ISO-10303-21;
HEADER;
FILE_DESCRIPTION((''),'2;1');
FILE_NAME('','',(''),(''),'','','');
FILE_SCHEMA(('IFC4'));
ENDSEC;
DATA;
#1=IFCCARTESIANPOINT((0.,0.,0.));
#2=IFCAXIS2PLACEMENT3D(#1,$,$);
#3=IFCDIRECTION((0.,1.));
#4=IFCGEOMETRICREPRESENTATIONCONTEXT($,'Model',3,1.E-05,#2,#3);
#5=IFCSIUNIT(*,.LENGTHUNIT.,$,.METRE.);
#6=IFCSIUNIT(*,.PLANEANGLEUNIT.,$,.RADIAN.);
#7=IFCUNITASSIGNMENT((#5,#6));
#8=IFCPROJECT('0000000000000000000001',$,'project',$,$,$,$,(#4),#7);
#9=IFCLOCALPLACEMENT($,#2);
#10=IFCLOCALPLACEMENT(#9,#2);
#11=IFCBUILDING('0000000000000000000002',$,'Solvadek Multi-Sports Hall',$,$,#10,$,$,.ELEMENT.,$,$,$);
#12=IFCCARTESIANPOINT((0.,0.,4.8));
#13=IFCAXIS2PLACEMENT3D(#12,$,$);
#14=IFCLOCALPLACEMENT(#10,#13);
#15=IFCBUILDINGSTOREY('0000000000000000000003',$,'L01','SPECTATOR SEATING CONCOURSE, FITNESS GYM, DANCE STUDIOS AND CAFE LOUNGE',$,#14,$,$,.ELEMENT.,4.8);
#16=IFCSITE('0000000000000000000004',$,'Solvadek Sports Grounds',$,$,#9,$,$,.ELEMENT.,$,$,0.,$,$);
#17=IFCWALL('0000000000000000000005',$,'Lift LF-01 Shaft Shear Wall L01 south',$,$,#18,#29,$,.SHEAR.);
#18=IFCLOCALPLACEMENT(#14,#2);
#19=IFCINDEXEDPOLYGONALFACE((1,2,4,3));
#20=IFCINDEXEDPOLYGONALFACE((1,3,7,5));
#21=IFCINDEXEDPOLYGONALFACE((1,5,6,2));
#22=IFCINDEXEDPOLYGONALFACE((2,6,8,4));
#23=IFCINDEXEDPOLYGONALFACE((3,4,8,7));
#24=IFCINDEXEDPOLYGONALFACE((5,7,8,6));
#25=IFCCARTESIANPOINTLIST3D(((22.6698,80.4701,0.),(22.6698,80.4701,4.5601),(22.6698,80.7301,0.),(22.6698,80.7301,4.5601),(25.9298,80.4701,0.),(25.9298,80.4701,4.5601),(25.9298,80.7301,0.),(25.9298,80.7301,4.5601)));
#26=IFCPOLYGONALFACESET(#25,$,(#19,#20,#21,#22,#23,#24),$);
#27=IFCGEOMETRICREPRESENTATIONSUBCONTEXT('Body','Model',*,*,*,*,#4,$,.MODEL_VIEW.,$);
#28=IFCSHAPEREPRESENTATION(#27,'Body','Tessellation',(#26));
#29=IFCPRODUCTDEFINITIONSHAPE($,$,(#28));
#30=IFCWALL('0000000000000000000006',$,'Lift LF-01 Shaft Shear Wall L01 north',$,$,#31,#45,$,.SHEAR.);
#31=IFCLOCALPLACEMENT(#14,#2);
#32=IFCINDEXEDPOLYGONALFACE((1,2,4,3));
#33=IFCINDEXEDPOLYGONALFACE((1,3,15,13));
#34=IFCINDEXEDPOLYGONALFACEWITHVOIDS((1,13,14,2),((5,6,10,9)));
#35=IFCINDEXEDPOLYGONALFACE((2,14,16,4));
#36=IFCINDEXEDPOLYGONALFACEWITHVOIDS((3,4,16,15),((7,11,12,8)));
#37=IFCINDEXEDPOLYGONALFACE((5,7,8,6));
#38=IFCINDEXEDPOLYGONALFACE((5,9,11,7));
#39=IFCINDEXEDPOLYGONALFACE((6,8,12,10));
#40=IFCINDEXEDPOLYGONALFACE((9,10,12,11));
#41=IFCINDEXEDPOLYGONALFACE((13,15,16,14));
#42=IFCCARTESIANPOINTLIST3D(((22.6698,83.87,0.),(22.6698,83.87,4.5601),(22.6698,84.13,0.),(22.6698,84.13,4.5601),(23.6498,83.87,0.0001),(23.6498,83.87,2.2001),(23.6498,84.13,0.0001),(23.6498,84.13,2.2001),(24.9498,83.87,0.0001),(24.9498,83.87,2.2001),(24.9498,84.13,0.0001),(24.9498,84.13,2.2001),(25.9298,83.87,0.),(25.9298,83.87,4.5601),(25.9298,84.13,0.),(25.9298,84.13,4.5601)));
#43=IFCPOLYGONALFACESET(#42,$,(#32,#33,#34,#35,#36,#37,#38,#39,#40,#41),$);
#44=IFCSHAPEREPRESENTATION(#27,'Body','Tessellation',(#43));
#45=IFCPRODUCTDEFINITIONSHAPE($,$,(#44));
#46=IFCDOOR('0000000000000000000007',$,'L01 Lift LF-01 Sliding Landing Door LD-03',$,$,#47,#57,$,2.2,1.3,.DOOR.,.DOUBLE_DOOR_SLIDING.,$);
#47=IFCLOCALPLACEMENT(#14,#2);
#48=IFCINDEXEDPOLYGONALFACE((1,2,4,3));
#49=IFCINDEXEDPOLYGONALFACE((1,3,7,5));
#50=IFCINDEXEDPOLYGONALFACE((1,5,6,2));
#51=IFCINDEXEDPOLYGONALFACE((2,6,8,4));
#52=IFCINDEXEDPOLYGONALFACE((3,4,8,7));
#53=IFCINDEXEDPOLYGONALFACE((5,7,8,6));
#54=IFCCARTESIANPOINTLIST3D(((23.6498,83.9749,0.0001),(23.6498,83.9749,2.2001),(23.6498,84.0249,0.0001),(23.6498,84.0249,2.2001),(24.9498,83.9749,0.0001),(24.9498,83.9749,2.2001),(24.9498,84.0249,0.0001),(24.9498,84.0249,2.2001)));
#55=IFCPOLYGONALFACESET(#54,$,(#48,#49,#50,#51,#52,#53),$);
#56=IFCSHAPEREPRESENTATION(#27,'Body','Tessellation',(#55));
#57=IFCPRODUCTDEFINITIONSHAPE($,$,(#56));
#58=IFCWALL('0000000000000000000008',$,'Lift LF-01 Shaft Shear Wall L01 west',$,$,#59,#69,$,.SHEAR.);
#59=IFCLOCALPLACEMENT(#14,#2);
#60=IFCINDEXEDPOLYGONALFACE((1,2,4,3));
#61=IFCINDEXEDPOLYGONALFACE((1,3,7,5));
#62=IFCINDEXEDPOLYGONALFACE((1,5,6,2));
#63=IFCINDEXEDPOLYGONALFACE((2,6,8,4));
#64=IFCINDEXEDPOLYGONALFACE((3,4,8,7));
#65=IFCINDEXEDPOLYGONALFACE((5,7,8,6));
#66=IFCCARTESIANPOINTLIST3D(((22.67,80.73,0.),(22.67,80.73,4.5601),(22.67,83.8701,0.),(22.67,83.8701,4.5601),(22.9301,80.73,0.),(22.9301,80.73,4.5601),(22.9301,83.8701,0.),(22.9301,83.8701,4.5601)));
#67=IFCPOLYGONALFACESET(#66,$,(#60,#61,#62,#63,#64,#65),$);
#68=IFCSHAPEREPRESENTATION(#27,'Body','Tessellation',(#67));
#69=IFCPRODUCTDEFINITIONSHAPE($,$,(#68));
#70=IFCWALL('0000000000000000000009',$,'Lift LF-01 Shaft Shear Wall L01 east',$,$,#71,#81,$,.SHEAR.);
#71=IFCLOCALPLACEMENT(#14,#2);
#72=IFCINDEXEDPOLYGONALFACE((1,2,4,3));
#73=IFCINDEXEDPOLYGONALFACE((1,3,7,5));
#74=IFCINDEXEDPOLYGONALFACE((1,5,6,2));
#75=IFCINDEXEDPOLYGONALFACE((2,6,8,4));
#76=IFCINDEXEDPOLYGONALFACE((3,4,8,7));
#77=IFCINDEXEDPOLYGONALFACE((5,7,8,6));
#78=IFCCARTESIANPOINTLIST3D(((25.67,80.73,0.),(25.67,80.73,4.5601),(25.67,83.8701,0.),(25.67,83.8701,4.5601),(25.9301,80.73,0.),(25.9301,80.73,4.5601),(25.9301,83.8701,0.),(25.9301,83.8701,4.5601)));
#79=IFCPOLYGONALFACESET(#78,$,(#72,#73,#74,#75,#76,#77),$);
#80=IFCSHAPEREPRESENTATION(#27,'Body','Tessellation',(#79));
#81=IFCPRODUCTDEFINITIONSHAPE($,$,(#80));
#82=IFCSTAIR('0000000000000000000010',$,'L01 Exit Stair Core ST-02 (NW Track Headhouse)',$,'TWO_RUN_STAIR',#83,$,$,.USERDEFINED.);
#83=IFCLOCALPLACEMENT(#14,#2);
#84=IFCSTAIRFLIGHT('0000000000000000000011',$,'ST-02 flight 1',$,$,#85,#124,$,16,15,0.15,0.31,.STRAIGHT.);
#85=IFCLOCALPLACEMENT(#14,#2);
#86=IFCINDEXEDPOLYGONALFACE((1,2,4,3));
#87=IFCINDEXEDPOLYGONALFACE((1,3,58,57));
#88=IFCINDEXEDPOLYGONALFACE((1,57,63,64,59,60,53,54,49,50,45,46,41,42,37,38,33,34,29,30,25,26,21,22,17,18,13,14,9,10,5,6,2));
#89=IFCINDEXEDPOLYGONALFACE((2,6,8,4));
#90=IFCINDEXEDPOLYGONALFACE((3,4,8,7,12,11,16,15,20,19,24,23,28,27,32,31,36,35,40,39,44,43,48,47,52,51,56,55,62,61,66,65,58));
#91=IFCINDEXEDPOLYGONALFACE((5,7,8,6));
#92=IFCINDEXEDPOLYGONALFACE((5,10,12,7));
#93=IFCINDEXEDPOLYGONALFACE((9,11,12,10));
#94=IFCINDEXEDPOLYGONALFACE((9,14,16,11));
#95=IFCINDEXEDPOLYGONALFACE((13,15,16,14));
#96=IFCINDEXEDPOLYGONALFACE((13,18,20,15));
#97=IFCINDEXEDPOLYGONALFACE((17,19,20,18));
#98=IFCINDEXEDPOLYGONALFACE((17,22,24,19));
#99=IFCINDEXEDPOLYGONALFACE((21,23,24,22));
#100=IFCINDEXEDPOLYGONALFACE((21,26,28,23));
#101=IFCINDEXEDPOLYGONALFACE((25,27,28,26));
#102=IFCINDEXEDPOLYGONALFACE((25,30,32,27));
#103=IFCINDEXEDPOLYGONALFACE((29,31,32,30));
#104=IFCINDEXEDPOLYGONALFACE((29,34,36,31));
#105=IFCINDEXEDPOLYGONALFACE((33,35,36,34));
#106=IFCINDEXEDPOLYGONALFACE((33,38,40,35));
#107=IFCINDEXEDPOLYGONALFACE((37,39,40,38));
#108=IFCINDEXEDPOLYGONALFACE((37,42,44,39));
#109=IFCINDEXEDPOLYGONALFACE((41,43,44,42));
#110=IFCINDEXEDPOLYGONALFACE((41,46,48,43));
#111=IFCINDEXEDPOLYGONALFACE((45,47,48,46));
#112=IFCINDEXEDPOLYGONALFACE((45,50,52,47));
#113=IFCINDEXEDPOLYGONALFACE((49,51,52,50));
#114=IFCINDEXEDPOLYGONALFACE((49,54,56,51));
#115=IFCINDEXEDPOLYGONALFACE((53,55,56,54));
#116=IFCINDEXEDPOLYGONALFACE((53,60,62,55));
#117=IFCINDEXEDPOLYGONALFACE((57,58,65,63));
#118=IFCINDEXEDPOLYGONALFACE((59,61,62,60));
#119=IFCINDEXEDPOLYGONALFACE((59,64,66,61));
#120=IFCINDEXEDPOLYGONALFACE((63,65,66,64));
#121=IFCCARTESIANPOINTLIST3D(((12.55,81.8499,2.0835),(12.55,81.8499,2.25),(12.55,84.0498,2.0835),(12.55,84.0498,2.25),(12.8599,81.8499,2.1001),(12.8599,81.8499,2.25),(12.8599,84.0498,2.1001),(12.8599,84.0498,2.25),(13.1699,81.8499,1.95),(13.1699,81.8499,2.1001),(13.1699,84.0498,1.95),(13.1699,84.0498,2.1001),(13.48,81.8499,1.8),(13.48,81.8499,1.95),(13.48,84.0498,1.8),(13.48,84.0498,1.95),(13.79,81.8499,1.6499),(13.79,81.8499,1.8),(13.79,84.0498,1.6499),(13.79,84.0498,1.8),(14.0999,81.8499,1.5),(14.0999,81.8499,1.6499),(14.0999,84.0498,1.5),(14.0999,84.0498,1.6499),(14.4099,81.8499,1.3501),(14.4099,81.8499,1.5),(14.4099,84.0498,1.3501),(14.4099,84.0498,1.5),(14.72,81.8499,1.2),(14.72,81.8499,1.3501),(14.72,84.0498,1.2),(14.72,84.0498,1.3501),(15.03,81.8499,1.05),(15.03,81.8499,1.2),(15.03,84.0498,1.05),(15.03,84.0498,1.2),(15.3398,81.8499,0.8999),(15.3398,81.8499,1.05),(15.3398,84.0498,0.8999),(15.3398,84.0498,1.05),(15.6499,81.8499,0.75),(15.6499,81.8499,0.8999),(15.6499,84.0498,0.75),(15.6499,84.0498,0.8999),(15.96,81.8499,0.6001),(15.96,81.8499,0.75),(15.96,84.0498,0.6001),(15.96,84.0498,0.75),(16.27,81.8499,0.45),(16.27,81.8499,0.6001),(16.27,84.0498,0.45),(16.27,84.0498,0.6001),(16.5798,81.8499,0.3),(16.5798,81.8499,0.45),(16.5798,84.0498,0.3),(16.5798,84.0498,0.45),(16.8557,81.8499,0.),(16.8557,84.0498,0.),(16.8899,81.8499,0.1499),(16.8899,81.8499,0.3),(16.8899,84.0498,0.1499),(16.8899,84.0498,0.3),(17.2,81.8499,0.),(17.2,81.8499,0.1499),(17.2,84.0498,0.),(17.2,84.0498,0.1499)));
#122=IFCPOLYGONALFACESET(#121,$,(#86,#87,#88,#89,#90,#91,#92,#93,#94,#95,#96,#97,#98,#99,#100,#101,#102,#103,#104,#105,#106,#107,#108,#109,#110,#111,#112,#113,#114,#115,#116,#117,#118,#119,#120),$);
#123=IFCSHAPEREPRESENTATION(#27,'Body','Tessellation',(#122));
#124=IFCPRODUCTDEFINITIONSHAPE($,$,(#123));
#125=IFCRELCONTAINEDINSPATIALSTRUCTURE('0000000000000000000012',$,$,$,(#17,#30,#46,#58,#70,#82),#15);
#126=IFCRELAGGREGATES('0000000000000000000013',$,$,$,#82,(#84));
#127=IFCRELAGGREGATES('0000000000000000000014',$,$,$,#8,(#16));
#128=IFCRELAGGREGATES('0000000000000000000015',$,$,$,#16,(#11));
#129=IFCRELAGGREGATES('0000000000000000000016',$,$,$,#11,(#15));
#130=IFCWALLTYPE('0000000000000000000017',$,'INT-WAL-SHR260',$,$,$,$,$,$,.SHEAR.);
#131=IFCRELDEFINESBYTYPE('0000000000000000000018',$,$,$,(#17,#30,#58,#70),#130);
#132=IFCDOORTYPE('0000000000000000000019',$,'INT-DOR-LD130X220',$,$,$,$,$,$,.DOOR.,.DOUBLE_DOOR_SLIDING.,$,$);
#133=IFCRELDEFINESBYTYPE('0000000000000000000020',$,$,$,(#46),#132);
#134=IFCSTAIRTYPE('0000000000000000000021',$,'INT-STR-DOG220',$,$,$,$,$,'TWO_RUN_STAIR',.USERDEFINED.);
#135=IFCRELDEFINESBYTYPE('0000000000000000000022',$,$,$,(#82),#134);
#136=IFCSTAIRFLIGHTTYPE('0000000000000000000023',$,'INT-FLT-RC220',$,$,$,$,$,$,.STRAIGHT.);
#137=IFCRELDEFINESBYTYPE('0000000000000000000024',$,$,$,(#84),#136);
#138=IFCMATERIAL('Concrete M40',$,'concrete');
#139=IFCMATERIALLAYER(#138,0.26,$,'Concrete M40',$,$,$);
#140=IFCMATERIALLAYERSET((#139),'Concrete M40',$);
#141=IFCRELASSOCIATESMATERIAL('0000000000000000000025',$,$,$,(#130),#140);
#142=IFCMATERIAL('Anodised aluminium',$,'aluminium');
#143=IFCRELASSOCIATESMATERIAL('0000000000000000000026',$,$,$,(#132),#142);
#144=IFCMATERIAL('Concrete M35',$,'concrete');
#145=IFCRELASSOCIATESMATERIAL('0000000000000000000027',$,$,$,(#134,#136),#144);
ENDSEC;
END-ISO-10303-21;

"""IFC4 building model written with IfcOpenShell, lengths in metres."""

from ifc_helpers import new_model, si_unit, direction, frame, frame_2d, origin, place, context, subcontext, project, spatial, polyline, rectangle, outline, extrude, material, layer, layer_set, type_object, element, fill, aggregate, save


model = new_model("IFC4")

# Units and contexts
model_context = context("Model", 3, precision=1e-05, world=origin(), true_north=direction((0.0, 1.0)))
body_context = subcontext(model_context, "Body", "Model", "MODEL_VIEW")
ifc_project = project(units=[si_unit("LENGTHUNIT", "METRE"), si_unit("PLANEANGLEUNIT", "RADIAN")], contexts=[model_context])

# Site, building, storey
site_placement = place(None, origin())
site = spatial("IfcSite", under=ifc_project, at=site_placement, Name="Solvadek Sports Grounds", CompositionType="ELEMENT", RefElevation=0.0)
building_placement = place(site_placement, origin())
building = spatial("IfcBuilding", under=site, at=building_placement, Name="Solvadek Multi-Sports Hall", CompositionType="ELEMENT")
storey_placement = place(building_placement, frame((0.0, 0.0, 4.8)))
storey = spatial("IfcBuildingStorey", under=building, at=storey_placement, Name="L01", Description="SPECTATOR SEATING CONCOURSE, FITNESS GYM, DANCE STUDIOS AND CAFE LOUNGE", CompositionType="ELEMENT", Elevation=4.8)

# Wall
ifc_material_1 = material(Name="Concrete M40", Category="concrete")
ifc_layer_1 = layer(ifc_material_1, 0.26, Name="Concrete M40")
ifc_layer_set_1 = layer_set([ifc_layer_1], Name="Concrete M40")
wall_type_1 = type_object("IfcWallType", Name="INT-WAL-SHR260", PredefinedType="SHEAR", material=ifc_layer_set_1)
wall_1_placement = place(storey_placement, frame((22.6699, 80.6001, 0.0), z_axis=(0.0, 0.0, 1.0), x_axis=(1.0, 0.0, 0.0)))
element("IfcWall", 1, at=wall_1_placement, inside=storey, type_object=wall_type_1, Name="Lift LF-01 Shaft Shear Wall L01 south", PredefinedType="SHEAR", context=body_context, shape_type="SweptSolid", body=[
    extrude(rectangle(XDim=3.26, YDim=0.26, at=frame_2d((1.6299, 0.0))), origin(), (0.0, 0.0, 1.0), 4.5601),
])

# Wall, opening, door
wall_2_placement = place(storey_placement, frame((22.6699, 84.0, 0.0), z_axis=(0.0, 0.0, 1.0), x_axis=(1.0, 0.0, 0.0)))
wall_2 = element("IfcWall", 2, at=wall_2_placement, inside=storey, type_object=wall_type_1, Name="Lift LF-01 Shaft Shear Wall L01 north", PredefinedType="SHEAR", context=body_context, shape_type="SweptSolid", body=[
    extrude(rectangle(XDim=3.26, YDim=0.26, at=frame_2d((1.6299, 0.0))), origin(), (0.0, 0.0, 1.0), 4.5601),
])
opening_1_placement = place(wall_2_placement, frame((0.98, 0.0, 0.0)))
opening_1 = element("IfcOpeningElement", 3, at=opening_1_placement, cuts=wall_2, PredefinedType="OPENING", context=body_context, shape_type="SweptSolid", body=[
    extrude(rectangle(XDim=1.3, YDim=2.2, at=frame_2d((0.6499, 1.1001))), frame((0.0, 0.1399, 0.0), z_axis=(0.0, -1.0, 0.0), x_axis=(1.0, 0.0, 0.0)), (0.0, 0.0, 1.0), 0.28),
])
ifc_material_2 = material(Name="Anodised aluminium", Category="aluminium")
door_type_1 = type_object("IfcDoorType", Name="INT-DOR-LD130X220", OperationType="DOUBLE_DOOR_SLIDING", PredefinedType="DOOR", material=ifc_material_2)
door_1_placement = place(opening_1_placement, origin())
door_1 = element("IfcDoor", 4, at=door_1_placement, inside=storey, type_object=door_type_1, Name="L01 Lift LF-01 Sliding Landing Door LD-03", OperationType="DOUBLE_DOOR_SLIDING", OverallHeight=2.2, OverallWidth=1.3, PredefinedType="DOOR", context=body_context, shape_type="SweptSolid", body=[
    extrude(rectangle(XDim=1.3, YDim=2.2, at=frame_2d((0.6499, 1.1001))), frame((0.0, 0.0249, 0.0), z_axis=(0.0, -1.0, 0.0), x_axis=(1.0, 0.0, 0.0)), (0.0, 0.0, 1.0), 0.05),
])
fill(opening_1, door_1)

# Walls
for number, where, z_axis, x_axis, name in (
    (5, (22.8, 80.73, 0.0), (0.0, 0.0, 1.0), (0.0, 1.0, 0.0), "Lift LF-01 Shaft Shear Wall L01 west"),
    (6, (25.8, 80.73, 0.0), (0.0, 0.0, 1.0), (0.0, 1.0, 0.0), "Lift LF-01 Shaft Shear Wall L01 east"),
):
    element("IfcWall", number, at=place(storey_placement, frame(where, z_axis=z_axis, x_axis=x_axis)), inside=storey, type_object=wall_type_1, Name=name, PredefinedType="SHEAR", context=body_context, shape_type="SweptSolid", body=[
        extrude(rectangle(XDim=3.1401, YDim=0.26, at=frame_2d((1.5701, 0.0))), origin(), (0.0, 0.0, 1.0), 4.5601),
    ])

# Stair, stair flight
ifc_material_3 = material(Name="Concrete M35", Category="concrete")
stair_type = type_object("IfcStairType", Name="INT-STR-DOG220", ElementType="TWO_RUN_STAIR", PredefinedType="USERDEFINED", material=ifc_material_3)
stair_placement = place(storey_placement, origin())
stair = element("IfcStair", 7, at=stair_placement, inside=storey, type_object=stair_type, Name="L01 Exit Stair Core ST-02 (NW Track Headhouse)", ObjectType="TWO_RUN_STAIR", PredefinedType="USERDEFINED")
stair_flight_type = type_object("IfcStairFlightType", Name="INT-FLT-RC220", PredefinedType="STRAIGHT", material=ifc_material_3)
stair_flight_placement = place(storey_placement, frame((17.2, 82.95, 0.0), z_axis=(0.0, 0.0, 1.0), x_axis=(-1.0, 0.0, 0.0)))
stair_flight = element("IfcStairFlight", 8, at=stair_flight_placement, type_object=stair_flight_type, Name="ST-02 flight 1", NumberOfRisers=16, NumberOfTreads=15, PredefinedType="STRAIGHT", RiserHeight=0.15, TreadLength=0.31, context=body_context, shape_type="SweptSolid", body=[
    extrude(outline(polyline([(0.0, 0.0), (0.0, 0.1499), (0.3101, 0.1499), (0.3101, 0.3), (0.6201, 0.3), (0.6201, 0.45), (0.9299, 0.45), (0.9299, 0.6001), (1.24, 0.6001), (1.24, 0.75), (1.55, 0.75), (1.55, 0.8999), (1.8601, 0.8999), (1.8601, 1.05), (2.1699, 1.05), (2.1699, 1.2), (2.48, 1.2), (2.48, 1.3501), (2.79, 1.3501), (2.79, 1.5), (3.1001, 1.5), (3.1001, 1.6499), (3.4099, 1.6499), (3.4099, 1.8), (3.72, 1.8), (3.72, 1.95), (4.03, 1.95), (4.03, 2.1001), (4.3401, 2.1001), (4.3401, 2.25), (4.6499, 2.25), (4.6499, 2.3999), (4.6499, 2.0835), (0.3442, 0.0), (0.0, 0.0)])), frame((0.0, 1.1001, 0.0), z_axis=(0.0, -1.0, 0.0), x_axis=(1.0, 0.0, 0.0)), (0.0, 0.0, 1.0), 2.2),
])
aggregate(stair, [stair_flight])

save(model, "model.ifc")
